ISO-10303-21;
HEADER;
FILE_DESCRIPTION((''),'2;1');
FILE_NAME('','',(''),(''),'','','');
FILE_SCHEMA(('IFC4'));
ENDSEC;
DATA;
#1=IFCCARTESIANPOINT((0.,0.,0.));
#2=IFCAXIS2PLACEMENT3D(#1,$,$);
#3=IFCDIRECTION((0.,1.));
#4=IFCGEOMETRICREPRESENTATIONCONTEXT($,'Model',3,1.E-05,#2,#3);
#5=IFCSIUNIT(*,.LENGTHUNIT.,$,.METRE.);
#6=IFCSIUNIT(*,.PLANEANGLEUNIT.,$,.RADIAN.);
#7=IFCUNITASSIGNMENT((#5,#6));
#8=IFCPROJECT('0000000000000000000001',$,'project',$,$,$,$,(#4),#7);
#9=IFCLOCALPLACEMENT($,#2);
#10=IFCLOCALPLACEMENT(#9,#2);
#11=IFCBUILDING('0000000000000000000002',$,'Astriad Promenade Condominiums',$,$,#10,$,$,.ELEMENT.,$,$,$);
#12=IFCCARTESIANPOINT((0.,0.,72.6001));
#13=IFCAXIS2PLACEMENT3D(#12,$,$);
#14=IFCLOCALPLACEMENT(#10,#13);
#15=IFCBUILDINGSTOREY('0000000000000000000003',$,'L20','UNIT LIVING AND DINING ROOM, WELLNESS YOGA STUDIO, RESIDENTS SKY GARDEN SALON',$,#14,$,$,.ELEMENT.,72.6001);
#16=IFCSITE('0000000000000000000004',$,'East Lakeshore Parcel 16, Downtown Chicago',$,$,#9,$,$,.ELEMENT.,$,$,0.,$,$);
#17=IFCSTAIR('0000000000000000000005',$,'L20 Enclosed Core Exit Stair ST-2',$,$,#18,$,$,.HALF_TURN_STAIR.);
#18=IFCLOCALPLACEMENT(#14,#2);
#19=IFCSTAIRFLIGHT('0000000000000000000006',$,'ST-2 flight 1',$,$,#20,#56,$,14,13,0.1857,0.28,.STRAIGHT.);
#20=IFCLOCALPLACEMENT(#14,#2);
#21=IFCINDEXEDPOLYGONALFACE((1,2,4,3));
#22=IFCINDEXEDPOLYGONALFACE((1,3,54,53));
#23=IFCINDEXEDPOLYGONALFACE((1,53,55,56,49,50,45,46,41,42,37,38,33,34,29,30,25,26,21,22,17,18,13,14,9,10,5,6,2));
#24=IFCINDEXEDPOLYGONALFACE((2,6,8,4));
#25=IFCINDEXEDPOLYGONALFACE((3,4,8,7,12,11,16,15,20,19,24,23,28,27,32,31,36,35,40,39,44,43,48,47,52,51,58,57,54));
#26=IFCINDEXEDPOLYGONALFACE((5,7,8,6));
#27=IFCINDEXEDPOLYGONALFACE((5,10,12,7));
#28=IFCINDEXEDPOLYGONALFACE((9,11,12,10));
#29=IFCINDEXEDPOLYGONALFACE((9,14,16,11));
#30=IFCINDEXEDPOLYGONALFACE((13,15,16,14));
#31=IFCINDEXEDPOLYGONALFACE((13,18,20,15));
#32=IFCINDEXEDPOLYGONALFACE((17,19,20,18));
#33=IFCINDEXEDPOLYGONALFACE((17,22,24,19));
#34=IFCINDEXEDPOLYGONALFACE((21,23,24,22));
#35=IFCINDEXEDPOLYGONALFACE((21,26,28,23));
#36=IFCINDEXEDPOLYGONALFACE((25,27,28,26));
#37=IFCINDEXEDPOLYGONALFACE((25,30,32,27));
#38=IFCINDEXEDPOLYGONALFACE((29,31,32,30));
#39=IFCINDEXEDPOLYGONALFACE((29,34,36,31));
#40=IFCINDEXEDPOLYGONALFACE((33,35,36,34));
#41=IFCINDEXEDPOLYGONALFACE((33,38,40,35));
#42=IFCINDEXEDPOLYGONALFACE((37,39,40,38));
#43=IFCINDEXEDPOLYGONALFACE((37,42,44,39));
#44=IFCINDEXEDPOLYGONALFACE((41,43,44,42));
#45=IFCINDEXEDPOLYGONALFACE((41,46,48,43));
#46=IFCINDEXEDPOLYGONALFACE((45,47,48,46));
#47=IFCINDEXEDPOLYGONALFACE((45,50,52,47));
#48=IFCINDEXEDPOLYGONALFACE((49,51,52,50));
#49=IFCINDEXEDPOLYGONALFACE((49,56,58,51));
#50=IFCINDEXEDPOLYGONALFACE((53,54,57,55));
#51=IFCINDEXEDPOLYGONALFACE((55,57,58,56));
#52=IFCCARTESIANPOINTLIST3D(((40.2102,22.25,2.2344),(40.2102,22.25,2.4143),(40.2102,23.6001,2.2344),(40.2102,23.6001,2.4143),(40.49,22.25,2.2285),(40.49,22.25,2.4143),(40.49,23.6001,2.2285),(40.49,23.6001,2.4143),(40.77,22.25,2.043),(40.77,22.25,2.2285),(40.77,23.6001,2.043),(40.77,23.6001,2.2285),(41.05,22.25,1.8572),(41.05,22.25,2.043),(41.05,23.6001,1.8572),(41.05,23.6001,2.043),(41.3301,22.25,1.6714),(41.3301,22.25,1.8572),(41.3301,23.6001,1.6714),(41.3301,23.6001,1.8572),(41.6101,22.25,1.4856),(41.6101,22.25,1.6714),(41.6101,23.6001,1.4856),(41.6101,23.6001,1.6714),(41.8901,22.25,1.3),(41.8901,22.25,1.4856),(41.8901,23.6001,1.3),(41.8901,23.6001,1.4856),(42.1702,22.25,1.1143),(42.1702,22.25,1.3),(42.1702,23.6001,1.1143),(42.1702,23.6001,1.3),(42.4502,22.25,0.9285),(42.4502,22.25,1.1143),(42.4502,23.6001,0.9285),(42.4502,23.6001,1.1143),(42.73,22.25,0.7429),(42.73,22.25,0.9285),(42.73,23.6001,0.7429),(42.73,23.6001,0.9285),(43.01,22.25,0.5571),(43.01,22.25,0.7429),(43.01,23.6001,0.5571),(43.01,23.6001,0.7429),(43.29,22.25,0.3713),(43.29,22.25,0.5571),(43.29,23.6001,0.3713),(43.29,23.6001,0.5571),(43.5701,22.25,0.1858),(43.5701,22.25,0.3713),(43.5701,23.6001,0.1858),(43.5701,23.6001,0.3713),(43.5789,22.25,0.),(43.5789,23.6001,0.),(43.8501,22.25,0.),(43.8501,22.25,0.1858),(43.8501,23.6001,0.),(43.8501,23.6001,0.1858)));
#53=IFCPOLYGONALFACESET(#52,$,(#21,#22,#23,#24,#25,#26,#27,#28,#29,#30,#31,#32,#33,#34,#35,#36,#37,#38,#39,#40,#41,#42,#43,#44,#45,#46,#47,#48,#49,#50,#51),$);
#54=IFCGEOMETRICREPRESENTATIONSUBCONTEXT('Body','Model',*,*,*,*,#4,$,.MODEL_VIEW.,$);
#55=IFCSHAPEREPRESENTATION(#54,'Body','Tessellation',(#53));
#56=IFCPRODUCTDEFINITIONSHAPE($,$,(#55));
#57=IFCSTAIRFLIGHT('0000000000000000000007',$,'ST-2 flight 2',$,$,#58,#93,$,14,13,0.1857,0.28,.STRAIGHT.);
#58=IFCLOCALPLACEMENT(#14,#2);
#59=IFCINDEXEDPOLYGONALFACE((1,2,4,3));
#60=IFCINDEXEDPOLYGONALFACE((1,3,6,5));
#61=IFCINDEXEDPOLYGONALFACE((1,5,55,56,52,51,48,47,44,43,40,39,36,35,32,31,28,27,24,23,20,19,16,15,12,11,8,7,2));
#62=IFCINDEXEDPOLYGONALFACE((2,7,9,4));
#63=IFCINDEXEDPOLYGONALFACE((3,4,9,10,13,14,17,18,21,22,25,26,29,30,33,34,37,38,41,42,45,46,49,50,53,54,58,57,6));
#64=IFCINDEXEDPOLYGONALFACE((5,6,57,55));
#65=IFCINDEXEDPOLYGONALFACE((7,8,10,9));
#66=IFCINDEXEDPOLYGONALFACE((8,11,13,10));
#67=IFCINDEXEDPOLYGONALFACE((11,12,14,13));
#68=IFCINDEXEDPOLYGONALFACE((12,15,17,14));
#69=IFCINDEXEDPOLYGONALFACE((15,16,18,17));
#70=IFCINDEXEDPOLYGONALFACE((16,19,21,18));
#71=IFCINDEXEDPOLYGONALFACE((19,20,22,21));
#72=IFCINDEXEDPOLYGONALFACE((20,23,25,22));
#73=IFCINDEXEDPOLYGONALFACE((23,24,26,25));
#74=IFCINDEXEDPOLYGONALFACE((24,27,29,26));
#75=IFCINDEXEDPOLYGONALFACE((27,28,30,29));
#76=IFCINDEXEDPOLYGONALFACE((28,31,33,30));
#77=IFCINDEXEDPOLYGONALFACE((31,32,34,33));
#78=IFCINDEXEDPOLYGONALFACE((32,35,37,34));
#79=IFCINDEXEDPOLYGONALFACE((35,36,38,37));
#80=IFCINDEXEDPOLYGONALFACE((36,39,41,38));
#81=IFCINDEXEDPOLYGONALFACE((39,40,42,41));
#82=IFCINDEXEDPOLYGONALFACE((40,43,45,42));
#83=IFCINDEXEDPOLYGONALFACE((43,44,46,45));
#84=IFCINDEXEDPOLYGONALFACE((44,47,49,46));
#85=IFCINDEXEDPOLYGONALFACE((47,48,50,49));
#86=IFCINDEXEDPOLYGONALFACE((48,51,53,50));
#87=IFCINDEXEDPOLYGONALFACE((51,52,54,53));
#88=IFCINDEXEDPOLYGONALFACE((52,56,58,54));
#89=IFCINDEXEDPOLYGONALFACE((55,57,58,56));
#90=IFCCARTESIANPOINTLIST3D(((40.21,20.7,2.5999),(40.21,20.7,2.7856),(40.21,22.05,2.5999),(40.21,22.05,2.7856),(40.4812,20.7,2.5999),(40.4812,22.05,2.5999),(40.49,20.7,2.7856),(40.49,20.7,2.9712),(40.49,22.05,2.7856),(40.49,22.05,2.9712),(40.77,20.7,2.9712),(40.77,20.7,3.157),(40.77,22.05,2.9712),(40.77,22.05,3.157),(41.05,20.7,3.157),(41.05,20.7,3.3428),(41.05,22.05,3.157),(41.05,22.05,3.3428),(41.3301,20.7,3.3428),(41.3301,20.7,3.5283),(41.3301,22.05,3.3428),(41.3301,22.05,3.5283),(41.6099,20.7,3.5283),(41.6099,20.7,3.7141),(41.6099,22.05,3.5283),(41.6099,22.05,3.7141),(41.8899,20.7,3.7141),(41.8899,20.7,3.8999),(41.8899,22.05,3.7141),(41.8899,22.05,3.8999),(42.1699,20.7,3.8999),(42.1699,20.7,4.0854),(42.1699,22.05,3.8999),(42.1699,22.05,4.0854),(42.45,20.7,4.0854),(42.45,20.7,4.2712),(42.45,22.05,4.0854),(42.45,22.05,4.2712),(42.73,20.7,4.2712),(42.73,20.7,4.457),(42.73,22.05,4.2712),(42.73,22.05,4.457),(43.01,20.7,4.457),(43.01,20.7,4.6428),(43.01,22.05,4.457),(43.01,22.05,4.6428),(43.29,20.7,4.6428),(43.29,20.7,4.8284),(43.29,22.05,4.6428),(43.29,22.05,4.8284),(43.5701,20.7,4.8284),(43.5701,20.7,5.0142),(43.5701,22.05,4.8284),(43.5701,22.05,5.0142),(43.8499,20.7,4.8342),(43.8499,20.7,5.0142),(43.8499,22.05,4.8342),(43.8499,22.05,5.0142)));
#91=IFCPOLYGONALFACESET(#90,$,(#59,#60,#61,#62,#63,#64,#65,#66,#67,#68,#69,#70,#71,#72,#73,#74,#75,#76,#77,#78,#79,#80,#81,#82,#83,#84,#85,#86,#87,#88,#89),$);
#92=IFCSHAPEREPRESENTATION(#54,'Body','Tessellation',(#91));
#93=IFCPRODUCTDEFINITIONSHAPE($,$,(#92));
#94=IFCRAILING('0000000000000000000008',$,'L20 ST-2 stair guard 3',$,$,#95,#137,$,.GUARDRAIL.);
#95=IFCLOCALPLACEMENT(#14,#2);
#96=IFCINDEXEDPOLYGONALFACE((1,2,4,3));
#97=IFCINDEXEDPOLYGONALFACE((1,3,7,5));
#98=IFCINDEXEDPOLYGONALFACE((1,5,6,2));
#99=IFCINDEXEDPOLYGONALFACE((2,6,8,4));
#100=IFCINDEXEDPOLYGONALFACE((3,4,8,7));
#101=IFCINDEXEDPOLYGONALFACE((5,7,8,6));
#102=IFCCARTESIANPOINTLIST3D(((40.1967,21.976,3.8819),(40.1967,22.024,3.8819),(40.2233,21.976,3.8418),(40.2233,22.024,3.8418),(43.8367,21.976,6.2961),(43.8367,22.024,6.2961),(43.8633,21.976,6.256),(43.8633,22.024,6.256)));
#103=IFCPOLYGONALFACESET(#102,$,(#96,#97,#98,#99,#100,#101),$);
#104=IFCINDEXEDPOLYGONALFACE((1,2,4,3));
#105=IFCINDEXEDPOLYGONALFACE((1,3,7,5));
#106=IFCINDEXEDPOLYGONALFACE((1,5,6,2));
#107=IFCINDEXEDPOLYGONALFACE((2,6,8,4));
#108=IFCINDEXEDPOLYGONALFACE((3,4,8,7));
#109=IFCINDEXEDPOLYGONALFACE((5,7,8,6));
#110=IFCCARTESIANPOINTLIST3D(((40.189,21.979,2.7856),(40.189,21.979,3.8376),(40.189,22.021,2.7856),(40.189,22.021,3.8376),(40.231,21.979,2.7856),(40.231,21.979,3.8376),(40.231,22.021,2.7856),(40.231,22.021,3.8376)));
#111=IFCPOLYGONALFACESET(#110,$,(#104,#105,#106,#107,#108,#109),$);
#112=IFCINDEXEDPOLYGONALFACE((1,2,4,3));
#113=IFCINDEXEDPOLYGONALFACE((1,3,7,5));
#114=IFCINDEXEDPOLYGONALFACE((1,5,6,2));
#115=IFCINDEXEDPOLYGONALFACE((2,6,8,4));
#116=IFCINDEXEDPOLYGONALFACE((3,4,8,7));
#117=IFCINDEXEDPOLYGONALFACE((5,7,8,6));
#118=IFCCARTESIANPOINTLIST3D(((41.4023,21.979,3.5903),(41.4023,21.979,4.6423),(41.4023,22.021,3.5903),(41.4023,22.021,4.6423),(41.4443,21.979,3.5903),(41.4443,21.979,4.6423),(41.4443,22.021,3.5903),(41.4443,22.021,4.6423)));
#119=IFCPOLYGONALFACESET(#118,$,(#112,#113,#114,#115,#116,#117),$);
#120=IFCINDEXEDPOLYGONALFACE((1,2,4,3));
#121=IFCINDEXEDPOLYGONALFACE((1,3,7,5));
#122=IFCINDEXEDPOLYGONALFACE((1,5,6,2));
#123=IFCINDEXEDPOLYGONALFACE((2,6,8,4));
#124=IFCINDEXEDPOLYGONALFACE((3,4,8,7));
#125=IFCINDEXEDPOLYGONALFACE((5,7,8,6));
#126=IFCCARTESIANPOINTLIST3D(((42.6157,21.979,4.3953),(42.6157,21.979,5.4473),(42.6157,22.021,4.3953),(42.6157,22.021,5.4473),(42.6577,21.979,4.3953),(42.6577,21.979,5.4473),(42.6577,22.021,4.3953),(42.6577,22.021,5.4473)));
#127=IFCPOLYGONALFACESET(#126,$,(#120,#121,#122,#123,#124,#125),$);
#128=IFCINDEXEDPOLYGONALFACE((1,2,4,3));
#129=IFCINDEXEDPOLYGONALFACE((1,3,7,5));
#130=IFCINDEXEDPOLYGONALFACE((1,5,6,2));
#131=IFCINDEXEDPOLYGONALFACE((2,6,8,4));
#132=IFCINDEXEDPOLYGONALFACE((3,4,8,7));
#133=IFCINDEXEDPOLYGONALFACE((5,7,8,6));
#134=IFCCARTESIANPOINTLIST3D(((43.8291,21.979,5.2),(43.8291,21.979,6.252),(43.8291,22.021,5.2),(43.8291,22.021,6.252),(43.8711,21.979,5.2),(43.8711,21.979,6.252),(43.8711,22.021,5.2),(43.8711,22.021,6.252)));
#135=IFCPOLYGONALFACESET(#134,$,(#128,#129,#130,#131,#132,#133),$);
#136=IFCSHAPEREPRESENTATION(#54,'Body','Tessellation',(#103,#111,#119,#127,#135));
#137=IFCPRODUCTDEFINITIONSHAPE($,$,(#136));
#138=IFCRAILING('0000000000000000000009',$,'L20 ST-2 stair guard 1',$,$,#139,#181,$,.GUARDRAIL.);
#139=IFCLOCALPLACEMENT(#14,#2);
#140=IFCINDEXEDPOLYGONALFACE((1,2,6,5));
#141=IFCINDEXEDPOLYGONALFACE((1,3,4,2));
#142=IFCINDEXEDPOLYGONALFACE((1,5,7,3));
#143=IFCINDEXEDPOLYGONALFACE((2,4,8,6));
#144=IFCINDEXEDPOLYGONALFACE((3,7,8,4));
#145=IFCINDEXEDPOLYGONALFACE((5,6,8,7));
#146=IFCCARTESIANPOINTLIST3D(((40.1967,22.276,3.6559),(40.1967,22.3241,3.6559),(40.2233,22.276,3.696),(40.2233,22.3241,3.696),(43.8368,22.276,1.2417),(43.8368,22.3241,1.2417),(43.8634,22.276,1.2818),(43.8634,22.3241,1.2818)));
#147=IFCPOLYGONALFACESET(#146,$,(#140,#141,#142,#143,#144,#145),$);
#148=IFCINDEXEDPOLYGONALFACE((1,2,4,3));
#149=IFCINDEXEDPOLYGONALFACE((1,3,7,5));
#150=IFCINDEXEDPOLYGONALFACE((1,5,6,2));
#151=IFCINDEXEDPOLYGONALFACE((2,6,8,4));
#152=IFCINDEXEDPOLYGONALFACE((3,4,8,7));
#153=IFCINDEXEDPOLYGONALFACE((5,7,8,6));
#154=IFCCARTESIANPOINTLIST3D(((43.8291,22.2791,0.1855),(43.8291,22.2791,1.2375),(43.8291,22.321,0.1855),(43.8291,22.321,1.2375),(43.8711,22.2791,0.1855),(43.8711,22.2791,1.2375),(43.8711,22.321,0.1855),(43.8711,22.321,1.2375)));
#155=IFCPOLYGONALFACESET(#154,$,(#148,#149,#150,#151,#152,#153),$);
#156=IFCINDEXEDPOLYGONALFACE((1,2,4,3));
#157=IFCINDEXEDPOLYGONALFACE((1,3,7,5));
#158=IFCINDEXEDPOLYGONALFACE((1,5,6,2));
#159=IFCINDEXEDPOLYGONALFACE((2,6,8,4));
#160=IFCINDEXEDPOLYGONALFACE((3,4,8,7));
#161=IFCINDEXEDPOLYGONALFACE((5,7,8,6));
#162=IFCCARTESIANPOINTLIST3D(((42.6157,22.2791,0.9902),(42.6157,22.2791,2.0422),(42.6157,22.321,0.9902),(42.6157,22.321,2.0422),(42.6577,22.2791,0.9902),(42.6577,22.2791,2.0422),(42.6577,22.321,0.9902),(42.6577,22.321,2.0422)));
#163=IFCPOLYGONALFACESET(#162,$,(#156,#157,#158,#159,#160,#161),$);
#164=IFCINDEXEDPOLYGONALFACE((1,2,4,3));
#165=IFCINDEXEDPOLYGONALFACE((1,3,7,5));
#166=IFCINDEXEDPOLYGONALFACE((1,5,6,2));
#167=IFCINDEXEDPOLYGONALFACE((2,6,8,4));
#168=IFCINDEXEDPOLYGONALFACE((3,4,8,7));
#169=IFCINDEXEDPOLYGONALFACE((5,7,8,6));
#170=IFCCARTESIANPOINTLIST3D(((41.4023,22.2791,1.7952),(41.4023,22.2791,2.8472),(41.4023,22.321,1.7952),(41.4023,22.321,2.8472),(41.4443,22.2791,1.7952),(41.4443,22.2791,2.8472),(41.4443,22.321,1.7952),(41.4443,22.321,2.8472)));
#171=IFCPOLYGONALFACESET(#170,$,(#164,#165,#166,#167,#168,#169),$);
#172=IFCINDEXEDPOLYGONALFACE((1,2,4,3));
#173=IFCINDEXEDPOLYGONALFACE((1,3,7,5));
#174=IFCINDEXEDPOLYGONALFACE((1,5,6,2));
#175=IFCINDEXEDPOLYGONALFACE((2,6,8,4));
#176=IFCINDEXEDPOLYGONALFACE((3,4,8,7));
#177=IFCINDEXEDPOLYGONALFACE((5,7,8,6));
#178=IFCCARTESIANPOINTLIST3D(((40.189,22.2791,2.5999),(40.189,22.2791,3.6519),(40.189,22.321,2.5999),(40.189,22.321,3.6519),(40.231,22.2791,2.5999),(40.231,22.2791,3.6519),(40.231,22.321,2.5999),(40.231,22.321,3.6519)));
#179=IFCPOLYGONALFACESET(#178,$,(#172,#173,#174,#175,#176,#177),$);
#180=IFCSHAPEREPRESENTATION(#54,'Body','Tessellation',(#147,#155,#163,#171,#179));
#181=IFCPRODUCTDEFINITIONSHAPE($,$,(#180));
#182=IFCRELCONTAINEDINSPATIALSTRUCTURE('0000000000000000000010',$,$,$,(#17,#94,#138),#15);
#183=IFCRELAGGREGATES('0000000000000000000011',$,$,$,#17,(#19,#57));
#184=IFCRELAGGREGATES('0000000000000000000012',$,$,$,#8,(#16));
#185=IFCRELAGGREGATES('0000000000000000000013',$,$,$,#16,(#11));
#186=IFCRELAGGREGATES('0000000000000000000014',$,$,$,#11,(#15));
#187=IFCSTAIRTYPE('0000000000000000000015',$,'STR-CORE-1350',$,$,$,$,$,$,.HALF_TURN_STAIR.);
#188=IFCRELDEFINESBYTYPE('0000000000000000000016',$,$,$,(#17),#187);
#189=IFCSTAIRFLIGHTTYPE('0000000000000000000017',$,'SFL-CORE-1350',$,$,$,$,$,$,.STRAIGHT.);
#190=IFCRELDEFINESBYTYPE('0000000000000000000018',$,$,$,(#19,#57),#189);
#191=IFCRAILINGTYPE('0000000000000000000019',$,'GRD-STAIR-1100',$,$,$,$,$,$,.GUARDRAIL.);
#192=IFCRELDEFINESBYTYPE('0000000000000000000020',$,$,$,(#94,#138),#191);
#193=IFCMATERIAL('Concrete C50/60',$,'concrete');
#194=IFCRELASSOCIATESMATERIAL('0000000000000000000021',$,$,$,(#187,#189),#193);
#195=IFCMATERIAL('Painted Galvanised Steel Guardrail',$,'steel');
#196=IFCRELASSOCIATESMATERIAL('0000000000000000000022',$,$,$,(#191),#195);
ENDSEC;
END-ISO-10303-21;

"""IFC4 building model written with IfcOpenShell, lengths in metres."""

from ifc_helpers import new_model, si_unit, direction, frame, origin, origin_2d, place, context, subcontext, project, spatial, polyline, rectangle, outline, extrude, source, transform, mapped, material, type_object, type_shapes, element, aggregate, save


model = new_model("IFC4")

# Units and contexts
model_context = context("Model", 3, precision=1e-05, world=origin(), true_north=direction((0.0, 1.0)))
body_context = subcontext(model_context, "Body", "Model", "MODEL_VIEW")
ifc_project = project(units=[si_unit("LENGTHUNIT", "METRE"), si_unit("PLANEANGLEUNIT", "RADIAN")], contexts=[model_context])

# Site, building, storey
site_placement = place(None, origin())
site = spatial("IfcSite", under=ifc_project, at=site_placement, Name="East Lakeshore Parcel 16, Downtown Chicago", CompositionType="ELEMENT", RefElevation=0.0)
building_placement = place(site_placement, origin())
building = spatial("IfcBuilding", under=site, at=building_placement, Name="Astriad Promenade Condominiums", CompositionType="ELEMENT")
storey_placement = place(building_placement, frame((0.0, 0.0, 72.6001)))
storey = spatial("IfcBuildingStorey", under=building, at=storey_placement, Name="L20", Description="UNIT LIVING AND DINING ROOM, WELLNESS YOGA STUDIO, RESIDENTS SKY GARDEN SALON", CompositionType="ELEMENT", Elevation=72.6001)

# Shared definitions
ifc_material_1 = material(Name="Concrete C50/60", Category="concrete")

# Stair, stair flights
stair_type = type_object("IfcStairType", Name="STR-CORE-1350", PredefinedType="HALF_TURN_STAIR", material=ifc_material_1)
stair_placement = place(storey_placement, origin())
stair = element("IfcStair", 1, at=stair_placement, inside=storey, type_object=stair_type, Name="L20 Enclosed Core Exit Stair ST-2", PredefinedType="HALF_TURN_STAIR")
stair_flight_type = type_object("IfcStairFlightType", Name="SFL-CORE-1350", PredefinedType="STRAIGHT", material=ifc_material_1)
shared_shape_1 = source(origin(), body_context, "Body", "SweptSolid", [
    extrude(outline(polyline([(0.0, 0.0), (0.0, 0.1858), (0.28, 0.1858), (0.28, 0.3713), (0.5601, 0.3713), (0.5601, 0.5571), (0.8401, 0.5571), (0.8401, 0.7429), (1.1201, 0.7429), (1.1201, 0.9285), (1.3999, 0.9285), (1.3999, 1.1143), (1.6799, 1.1143), (1.6799, 1.3), (1.96, 1.3), (1.96, 1.4856), (2.24, 1.4856), (2.24, 1.6714), (2.52, 1.6714), (2.52, 1.8572), (2.8, 1.8572), (2.8, 2.043), (3.0801, 2.043), (3.0801, 2.2285), (3.3601, 2.2285), (3.3601, 2.4143), (3.6399, 2.4143), (3.6399, 2.6001), (3.6399, 2.2344), (0.2712, 0.0), (0.0, 0.0)])), frame((0.0, 0.675, 0.0), z_axis=(0.0, -1.0, 0.0), x_axis=(1.0, 0.0, 0.0)), (0.0, 0.0, 1.0), 1.3501),
])
type_shapes(stair_flight_type, [shared_shape_1])
stair_flight_1_placement = place(storey_placement, frame((43.8501, 22.925, 0.0), z_axis=(0.0, 0.0, 1.0), x_axis=(-1.0, 0.0, 0.0)))
stair_flight_1 = element("IfcStairFlight", 2, at=stair_flight_1_placement, type_object=stair_flight_type, Name="ST-2 flight 1", NumberOfRisers=14, NumberOfTreads=13, PredefinedType="STRAIGHT", RiserHeight=0.1857, TreadLength=0.28, context=body_context, shape_type="MappedRepresentation", body=[
    mapped(shared_shape_1, transform((0.0, 0.0, 0.0), scale=1.0)),
])
stair_flight_2_placement = place(storey_placement, frame((40.21, 21.375, 2.5999), z_axis=(0.0, 0.0, 1.0), x_axis=(1.0, 0.0, 0.0)))
stair_flight_2 = element("IfcStairFlight", 3, at=stair_flight_2_placement, type_object=stair_flight_type, Name="ST-2 flight 2", NumberOfRisers=14, NumberOfTreads=13, PredefinedType="STRAIGHT", RiserHeight=0.1857, TreadLength=0.28, context=body_context, shape_type="MappedRepresentation", body=[
    mapped(shared_shape_1, transform((0.0, 0.0, 0.0), scale=1.0)),
])
aggregate(stair, [stair_flight_1, stair_flight_2])

# Railings
ifc_material_2 = material(Name="Painted Galvanised Steel Guardrail", Category="steel")
railing_type_1 = type_object("IfcRailingType", Name="GRD-STAIR-1100", PredefinedType="GUARDRAIL", material=ifc_material_2)
shared_shape_2 = source(origin(), body_context, "Body", "SweptSolid", [
    extrude(rectangle(XDim=0.0481, YDim=0.0481, at=origin_2d()), frame((0.0, 0.0, 1.0762), z_axis=(0.833364, 0.0, 0.552725), x_axis=(0.0, 1.0, 0.0)), (0.0, 0.0, 1.0), 4.3679),
    extrude(rectangle(XDim=0.042, YDim=0.042, at=origin_2d()), origin(), (0.0, 0.0, 1.0), 1.052),
    extrude(rectangle(XDim=0.042, YDim=0.042, at=origin_2d()), frame((1.2134, 0.0, 0.8047)), (0.0, 0.0, 1.0), 1.052),
    extrude(rectangle(XDim=0.042, YDim=0.042, at=origin_2d()), frame((2.4268, 0.0, 1.6096)), (0.0, 0.0, 1.0), 1.052),
    extrude(rectangle(XDim=0.042, YDim=0.042, at=origin_2d()), frame((3.6401, 0.0, 2.4143)), (0.0, 0.0, 1.0), 1.052),
])
railing_1_placement = place(storey_placement, frame((40.21, 22.0, 2.7856)))
element("IfcRailing", 4, at=railing_1_placement, inside=storey, type_object=railing_type_1, Name="L20 ST-2 stair guard 3", PredefinedType="GUARDRAIL", context=body_context, shape_type="MappedRepresentation", body=[
    mapped(shared_shape_2, transform((0.0, 0.0, 0.0), scale=1.0)),
])
shared_shape_3 = source(origin(), body_context, "Body", "SweptSolid", [
    extrude(rectangle(XDim=0.0481, YDim=0.0481, at=origin_2d()), frame((0.0, 0.0, 1.0762), z_axis=(-0.833364, 0.0, 0.552725), x_axis=(0.0, -1.0, 0.0)), (0.0, 0.0, 1.0), 4.3679),
    extrude(rectangle(XDim=0.042, YDim=0.042, at=origin_2d()), origin(), (0.0, 0.0, 1.0), 1.052),
    extrude(rectangle(XDim=0.042, YDim=0.042, at=origin_2d()), frame((-1.2134, 0.0, 0.8047)), (0.0, 0.0, 1.0), 1.052),
    extrude(rectangle(XDim=0.042, YDim=0.042, at=origin_2d()), frame((-2.4268, 0.0, 1.6096)), (0.0, 0.0, 1.0), 1.052),
    extrude(rectangle(XDim=0.042, YDim=0.042, at=origin_2d()), frame((-3.6401, 0.0, 2.4143)), (0.0, 0.0, 1.0), 1.052),
])
railing_2_placement = place(storey_placement, frame((43.8501, 22.3, 0.1855)))
element("IfcRailing", 5, at=railing_2_placement, inside=storey, type_object=railing_type_1, Name="L20 ST-2 stair guard 1", PredefinedType="GUARDRAIL", context=body_context, shape_type="MappedRepresentation", body=[
    mapped(shared_shape_3, transform((0.0, 0.0, 0.0), scale=1.0)),
])

save(model, "model.ifc")
